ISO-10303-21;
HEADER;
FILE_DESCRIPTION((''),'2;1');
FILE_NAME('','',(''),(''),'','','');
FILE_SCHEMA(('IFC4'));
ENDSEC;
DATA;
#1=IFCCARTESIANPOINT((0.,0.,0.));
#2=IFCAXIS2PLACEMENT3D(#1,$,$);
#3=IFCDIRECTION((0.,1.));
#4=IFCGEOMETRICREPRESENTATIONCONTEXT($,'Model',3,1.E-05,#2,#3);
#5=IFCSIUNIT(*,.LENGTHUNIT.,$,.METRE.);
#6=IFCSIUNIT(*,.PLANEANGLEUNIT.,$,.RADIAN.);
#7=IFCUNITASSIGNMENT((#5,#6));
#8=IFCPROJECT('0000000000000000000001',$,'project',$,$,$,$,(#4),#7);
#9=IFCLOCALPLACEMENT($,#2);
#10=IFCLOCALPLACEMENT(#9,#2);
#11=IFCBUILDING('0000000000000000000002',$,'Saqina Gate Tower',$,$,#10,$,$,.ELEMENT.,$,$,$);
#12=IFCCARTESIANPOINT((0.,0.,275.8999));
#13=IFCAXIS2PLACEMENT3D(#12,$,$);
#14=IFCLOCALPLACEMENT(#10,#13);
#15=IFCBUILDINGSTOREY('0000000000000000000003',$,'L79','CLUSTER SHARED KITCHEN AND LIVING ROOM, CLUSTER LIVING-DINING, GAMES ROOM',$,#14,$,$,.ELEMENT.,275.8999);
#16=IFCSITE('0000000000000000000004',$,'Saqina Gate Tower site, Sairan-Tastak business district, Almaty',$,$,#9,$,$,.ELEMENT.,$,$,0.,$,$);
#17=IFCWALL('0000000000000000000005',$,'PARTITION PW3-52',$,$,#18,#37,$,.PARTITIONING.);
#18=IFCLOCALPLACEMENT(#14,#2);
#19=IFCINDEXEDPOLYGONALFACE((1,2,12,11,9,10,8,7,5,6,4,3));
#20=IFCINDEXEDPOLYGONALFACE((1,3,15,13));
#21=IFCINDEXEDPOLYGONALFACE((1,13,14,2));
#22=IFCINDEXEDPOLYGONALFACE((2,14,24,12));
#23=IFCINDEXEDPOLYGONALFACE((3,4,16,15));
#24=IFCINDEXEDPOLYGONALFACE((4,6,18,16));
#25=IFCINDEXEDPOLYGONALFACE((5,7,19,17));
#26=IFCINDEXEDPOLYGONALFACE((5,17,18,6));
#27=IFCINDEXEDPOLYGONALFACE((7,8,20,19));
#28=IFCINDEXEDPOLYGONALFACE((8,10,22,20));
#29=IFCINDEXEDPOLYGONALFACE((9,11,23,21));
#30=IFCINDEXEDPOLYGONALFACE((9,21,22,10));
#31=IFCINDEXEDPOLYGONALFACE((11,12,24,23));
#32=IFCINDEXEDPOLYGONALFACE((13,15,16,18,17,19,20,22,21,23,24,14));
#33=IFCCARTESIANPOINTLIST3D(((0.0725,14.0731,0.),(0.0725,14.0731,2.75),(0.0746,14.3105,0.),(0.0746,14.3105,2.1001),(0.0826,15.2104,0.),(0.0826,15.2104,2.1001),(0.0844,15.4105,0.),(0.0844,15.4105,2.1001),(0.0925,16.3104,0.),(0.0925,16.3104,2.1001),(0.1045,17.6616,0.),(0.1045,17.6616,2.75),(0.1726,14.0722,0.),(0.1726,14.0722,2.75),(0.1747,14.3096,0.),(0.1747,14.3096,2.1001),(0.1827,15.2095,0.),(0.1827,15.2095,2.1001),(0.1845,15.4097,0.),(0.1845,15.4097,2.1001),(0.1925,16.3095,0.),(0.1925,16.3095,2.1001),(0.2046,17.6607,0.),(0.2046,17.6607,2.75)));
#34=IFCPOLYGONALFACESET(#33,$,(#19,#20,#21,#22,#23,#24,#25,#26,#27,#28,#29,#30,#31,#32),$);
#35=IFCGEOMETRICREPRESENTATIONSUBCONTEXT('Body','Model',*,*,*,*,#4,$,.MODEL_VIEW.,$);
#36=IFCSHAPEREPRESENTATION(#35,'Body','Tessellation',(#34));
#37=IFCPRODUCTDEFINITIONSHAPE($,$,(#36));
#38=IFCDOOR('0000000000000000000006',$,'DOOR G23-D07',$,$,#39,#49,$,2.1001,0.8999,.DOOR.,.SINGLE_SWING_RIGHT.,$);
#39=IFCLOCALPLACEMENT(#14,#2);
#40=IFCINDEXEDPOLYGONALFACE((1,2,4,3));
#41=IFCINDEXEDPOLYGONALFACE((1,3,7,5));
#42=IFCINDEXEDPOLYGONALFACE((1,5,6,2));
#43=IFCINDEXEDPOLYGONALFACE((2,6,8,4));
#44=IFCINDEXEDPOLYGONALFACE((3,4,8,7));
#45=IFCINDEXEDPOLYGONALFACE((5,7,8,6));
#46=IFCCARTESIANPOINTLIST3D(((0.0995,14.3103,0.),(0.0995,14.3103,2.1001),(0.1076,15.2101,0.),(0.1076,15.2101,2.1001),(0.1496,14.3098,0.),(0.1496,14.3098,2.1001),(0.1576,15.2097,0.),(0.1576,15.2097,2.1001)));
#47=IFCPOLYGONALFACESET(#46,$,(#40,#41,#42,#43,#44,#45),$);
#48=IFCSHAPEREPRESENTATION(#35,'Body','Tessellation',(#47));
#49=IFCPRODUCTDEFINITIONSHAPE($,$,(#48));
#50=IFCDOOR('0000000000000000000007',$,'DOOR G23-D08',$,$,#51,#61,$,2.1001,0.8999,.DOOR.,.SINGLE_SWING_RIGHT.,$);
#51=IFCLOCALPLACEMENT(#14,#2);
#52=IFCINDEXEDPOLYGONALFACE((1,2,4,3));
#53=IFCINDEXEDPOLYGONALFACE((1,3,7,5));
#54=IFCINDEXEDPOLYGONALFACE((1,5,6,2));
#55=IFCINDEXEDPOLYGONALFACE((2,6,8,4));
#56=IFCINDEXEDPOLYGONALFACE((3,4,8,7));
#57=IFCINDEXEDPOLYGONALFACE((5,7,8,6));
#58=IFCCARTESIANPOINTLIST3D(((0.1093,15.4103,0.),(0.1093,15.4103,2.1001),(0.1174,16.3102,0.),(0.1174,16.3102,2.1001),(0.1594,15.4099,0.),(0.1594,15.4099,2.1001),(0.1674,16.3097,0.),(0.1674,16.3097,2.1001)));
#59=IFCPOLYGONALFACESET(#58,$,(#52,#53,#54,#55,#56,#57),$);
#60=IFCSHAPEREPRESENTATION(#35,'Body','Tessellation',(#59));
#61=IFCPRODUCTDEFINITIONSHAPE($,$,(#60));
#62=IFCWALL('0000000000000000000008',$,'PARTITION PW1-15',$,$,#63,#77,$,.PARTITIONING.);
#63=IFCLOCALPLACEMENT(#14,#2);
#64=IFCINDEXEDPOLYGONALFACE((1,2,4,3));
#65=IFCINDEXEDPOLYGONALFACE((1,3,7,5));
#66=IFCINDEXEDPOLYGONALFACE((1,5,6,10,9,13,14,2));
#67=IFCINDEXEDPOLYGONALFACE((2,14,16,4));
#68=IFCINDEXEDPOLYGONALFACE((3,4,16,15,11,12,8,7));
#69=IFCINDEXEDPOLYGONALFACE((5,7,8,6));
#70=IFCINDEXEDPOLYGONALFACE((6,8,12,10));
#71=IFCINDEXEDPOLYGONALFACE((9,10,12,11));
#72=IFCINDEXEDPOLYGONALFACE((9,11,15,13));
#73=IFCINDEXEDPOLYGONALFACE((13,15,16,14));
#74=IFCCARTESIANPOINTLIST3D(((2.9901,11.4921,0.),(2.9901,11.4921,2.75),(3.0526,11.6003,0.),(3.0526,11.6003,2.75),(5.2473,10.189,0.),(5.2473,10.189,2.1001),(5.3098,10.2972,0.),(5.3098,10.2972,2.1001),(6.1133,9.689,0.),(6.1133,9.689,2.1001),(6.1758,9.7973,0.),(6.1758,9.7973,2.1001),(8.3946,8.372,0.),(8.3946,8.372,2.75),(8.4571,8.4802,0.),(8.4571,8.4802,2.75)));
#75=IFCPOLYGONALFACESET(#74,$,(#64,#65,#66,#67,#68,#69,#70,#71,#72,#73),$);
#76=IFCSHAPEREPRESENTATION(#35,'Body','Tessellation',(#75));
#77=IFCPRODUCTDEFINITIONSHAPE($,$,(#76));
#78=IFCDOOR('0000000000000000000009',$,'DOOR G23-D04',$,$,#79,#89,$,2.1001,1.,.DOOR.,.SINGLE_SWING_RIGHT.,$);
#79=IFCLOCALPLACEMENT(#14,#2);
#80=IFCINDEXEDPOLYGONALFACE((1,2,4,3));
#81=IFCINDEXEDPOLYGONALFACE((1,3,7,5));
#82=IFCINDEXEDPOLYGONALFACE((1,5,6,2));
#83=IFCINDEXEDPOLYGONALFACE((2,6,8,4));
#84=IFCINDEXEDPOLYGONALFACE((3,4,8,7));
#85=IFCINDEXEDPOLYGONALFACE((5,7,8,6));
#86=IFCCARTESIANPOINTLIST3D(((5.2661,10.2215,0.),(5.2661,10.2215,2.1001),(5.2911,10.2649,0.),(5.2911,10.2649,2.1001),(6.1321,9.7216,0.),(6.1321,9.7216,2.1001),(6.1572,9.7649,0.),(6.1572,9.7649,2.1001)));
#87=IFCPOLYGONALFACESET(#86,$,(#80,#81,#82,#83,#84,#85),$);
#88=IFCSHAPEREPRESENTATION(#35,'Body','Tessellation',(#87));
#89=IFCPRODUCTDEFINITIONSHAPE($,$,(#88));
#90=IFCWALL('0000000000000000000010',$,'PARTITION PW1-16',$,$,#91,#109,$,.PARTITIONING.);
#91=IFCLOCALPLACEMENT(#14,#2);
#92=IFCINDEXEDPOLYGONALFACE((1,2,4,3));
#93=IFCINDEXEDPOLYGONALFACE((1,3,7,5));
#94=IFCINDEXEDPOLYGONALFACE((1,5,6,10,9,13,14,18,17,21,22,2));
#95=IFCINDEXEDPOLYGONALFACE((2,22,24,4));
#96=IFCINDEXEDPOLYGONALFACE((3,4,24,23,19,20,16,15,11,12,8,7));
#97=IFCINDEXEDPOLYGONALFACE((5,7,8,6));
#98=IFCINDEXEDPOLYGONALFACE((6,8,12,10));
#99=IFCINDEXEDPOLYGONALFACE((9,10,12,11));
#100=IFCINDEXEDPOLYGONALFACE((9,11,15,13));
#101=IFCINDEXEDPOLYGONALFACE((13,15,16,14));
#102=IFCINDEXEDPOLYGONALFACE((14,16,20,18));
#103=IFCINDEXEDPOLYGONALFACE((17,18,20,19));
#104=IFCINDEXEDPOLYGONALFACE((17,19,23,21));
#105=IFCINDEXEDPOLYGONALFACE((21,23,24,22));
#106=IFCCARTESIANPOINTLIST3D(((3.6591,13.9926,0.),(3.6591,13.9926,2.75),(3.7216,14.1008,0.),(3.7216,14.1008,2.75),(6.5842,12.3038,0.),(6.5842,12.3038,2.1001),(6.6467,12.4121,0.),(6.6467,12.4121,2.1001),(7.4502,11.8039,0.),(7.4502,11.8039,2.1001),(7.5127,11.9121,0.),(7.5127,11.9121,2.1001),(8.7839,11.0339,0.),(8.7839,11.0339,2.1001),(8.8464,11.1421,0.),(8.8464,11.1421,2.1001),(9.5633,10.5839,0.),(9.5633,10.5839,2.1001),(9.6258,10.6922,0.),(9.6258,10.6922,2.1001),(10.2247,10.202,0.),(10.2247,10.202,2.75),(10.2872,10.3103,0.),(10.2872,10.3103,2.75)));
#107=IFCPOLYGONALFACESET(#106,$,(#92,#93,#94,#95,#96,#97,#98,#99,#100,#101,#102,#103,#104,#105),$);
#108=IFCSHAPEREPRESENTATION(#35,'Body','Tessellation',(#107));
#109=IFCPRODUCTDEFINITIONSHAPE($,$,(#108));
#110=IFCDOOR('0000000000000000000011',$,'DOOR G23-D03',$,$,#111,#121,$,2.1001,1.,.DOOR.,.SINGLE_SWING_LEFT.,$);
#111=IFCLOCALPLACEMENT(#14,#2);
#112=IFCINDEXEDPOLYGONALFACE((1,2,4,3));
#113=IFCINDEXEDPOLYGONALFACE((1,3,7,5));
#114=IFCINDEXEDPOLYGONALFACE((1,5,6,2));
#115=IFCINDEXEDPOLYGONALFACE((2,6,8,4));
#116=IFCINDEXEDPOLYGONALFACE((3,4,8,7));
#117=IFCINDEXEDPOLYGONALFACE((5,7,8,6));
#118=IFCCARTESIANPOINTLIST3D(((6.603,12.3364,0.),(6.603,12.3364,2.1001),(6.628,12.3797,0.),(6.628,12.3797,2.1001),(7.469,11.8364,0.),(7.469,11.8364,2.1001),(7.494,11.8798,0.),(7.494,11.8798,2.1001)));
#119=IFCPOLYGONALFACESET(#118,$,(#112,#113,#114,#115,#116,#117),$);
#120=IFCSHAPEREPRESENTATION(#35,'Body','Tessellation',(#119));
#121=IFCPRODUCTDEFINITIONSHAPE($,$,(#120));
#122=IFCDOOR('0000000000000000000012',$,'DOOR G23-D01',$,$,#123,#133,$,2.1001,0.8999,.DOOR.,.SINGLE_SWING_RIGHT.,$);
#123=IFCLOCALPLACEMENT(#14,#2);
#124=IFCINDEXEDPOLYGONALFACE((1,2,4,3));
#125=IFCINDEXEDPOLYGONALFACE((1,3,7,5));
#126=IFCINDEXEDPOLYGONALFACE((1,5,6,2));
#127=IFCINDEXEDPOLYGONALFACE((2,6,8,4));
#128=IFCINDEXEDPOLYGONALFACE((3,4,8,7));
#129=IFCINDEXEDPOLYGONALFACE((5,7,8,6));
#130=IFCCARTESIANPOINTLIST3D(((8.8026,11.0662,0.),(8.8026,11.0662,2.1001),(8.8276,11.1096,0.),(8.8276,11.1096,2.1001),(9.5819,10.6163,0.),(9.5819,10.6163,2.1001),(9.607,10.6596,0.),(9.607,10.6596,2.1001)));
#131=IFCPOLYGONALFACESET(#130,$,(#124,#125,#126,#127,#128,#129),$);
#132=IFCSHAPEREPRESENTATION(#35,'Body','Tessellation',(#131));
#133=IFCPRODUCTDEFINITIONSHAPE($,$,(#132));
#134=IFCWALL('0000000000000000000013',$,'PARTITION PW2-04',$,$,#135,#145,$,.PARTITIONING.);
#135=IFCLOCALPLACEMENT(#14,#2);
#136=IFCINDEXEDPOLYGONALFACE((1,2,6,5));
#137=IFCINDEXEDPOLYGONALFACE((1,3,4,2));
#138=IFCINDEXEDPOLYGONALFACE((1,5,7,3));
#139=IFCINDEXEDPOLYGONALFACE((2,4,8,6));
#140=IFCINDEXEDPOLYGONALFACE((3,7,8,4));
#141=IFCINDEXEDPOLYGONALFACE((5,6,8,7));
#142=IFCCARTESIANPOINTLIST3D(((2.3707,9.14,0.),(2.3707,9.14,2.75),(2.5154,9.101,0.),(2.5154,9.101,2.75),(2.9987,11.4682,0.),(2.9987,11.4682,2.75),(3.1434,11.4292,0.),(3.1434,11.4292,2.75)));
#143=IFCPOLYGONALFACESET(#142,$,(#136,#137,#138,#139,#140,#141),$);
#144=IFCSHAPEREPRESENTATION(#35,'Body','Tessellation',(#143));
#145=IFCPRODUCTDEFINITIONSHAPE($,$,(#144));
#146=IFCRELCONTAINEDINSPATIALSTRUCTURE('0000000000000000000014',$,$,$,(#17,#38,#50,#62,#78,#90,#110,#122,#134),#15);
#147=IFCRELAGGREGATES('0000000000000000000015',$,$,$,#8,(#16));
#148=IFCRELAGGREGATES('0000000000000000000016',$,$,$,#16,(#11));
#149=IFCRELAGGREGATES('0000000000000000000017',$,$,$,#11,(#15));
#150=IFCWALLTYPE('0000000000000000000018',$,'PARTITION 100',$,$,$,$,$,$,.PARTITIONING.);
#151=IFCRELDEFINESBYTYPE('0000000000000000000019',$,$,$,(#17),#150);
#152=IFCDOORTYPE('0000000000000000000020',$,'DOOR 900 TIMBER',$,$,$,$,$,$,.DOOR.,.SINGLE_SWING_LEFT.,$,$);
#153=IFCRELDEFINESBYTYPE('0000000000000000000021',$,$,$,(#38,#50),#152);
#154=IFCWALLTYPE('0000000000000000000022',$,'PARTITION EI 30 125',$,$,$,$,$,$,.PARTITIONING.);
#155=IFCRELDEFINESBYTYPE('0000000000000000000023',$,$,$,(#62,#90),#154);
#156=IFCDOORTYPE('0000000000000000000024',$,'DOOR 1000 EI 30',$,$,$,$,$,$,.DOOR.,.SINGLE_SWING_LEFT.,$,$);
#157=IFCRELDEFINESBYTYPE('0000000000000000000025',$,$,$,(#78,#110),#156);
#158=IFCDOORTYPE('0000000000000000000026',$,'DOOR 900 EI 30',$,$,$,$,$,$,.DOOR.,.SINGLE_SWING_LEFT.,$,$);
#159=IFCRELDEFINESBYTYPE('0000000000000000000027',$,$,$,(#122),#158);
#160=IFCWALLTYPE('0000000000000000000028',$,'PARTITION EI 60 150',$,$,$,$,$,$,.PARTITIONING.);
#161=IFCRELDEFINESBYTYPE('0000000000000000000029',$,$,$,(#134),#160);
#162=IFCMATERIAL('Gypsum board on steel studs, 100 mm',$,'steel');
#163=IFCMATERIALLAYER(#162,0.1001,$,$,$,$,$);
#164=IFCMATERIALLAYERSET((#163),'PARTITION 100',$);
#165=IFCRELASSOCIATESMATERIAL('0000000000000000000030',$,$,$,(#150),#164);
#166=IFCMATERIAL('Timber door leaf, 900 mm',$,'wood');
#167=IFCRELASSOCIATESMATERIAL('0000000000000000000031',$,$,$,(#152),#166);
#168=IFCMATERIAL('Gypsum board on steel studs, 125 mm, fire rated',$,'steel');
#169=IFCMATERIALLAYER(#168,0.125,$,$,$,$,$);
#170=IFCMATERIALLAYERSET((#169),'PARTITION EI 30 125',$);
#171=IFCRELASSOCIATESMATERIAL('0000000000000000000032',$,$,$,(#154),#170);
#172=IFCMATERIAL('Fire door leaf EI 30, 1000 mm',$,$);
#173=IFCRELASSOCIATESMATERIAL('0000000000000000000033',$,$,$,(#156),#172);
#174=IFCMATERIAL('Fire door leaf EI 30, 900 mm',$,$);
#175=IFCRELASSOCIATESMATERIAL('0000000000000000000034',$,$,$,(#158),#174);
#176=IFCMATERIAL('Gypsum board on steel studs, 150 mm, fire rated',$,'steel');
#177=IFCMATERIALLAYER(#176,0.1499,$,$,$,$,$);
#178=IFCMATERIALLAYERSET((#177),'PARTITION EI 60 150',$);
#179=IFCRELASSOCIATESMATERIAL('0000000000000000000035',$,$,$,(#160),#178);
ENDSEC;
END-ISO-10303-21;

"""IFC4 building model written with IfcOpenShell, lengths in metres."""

from ifc_helpers import new_model, si_unit, direction, frame, frame_2d, origin, place, context, subcontext, project, spatial, rectangle, extrude, material, layer, layer_set, type_object, element, fill, save


model = new_model("IFC4")

# Units and contexts
model_context = context("Model", 3, precision=1e-05, world=origin(), true_north=direction((0.0, 1.0)))
body_context = subcontext(model_context, "Body", "Model", "MODEL_VIEW")
ifc_project = project(units=[si_unit("LENGTHUNIT", "METRE"), si_unit("PLANEANGLEUNIT", "RADIAN")], contexts=[model_context])

# Site, building, storey
site_placement = place(None, origin())
site = spatial("IfcSite", under=ifc_project, at=site_placement, Name="Saqina Gate Tower site, Sairan-Tastak business district, Almaty", CompositionType="ELEMENT", RefElevation=0.0)
building_placement = place(site_placement, origin())
building = spatial("IfcBuilding", under=site, at=building_placement, Name="Saqina Gate Tower", CompositionType="ELEMENT")
storey_placement = place(building_placement, frame((0.0, 0.0, 275.8999)))
storey = spatial("IfcBuildingStorey", under=building, at=storey_placement, Name="L79", Description="CLUSTER SHARED KITCHEN AND LIVING ROOM, CLUSTER LIVING-DINING, GAMES ROOM", CompositionType="ELEMENT", Elevation=275.8999)

# Shared definitions
ifc_material_1 = material(Name="Gypsum board on steel studs, 100 mm", Category="steel")
ifc_layer_1 = layer(ifc_material_1, 0.1001)
ifc_layer_set_1 = layer_set([ifc_layer_1], Name="PARTITION 100")
wall_type_1 = type_object("IfcWallType", Name="PARTITION 100", PredefinedType="PARTITIONING", material=ifc_layer_set_1)

# Wall, openings, doors
wall_1_placement = place(storey_placement, frame((0.1226, 14.0725, 0.0), z_axis=(0.0, 0.0, 1.0), x_axis=(0.008912, 0.99996, 0.0)))
wall_1 = element("IfcWall", 1, at=wall_1_placement, inside=storey, type_object=wall_type_1, Name="PARTITION PW3-52", PredefinedType="PARTITIONING", context=body_context, shape_type="SweptSolid", body=[
    extrude(rectangle(XDim=3.5886, YDim=0.1001, at=frame_2d((1.7944, 0.0))), origin(), (0.0, 0.0, 1.0), 2.75),
])
opening_1_placement = place(wall_1_placement, frame((0.2375, 0.0, 0.0)))
opening_1 = element("IfcOpeningElement", 2, at=opening_1_placement, cuts=wall_1, PredefinedType="OPENING", context=body_context, shape_type="SweptSolid", body=[
    extrude(rectangle(XDim=0.8999, YDim=2.1001, at=frame_2d((0.45, 1.05))), frame((0.0, 0.062, 0.0), z_axis=(0.0, -1.0, 0.0), x_axis=(1.0, 0.0, 0.0)), (0.0, 0.0, 1.0), 0.124),
])
opening_2_placement = place(wall_1_placement, frame((1.3376, 0.0, 0.0)))
opening_2 = element("IfcOpeningElement", 3, at=opening_2_placement, cuts=wall_1, PredefinedType="OPENING", context=body_context, shape_type="SweptSolid", body=[
    extrude(rectangle(XDim=0.8999, YDim=2.1001, at=frame_2d((0.45, 1.05))), frame((0.0, 0.062, 0.0), z_axis=(0.0, -1.0, 0.0), x_axis=(1.0, 0.0, 0.0)), (0.0, 0.0, 1.0), 0.124),
])
ifc_material_2 = material(Name="Timber door leaf, 900 mm", Category="wood")
door_type_1 = type_object("IfcDoorType", Name="DOOR 900 TIMBER", OperationType="SINGLE_SWING_LEFT", PredefinedType="DOOR", material=ifc_material_2)
door_1_placement = place(opening_1_placement, frame((0.8999, 0.0, 0.0), z_axis=(0.0, 0.0, 1.0), x_axis=(-1.0, 0.0, 0.0)))
door_1 = element("IfcDoor", 4, at=door_1_placement, inside=storey, type_object=door_type_1, Name="DOOR G23-D07", OperationType="SINGLE_SWING_RIGHT", OverallHeight=2.1001, OverallWidth=0.8999, PredefinedType="DOOR", context=body_context, shape_type="SweptSolid", body=[
    extrude(rectangle(XDim=0.8999, YDim=2.1001, at=frame_2d((0.45, 1.05))), frame((0.0, 0.0249, 0.0), z_axis=(0.0, -1.0, 0.0), x_axis=(1.0, 0.0, 0.0)), (0.0, 0.0, 1.0), 0.05),
])
fill(opening_1, door_1)
door_2_placement = place(opening_2_placement, frame((0.8999, 0.0, 0.0), z_axis=(0.0, 0.0, 1.0), x_axis=(-1.0, 0.0, 0.0)))
door_2 = element("IfcDoor", 5, at=door_2_placement, inside=storey, type_object=door_type_1, Name="DOOR G23-D08", OperationType="SINGLE_SWING_RIGHT", OverallHeight=2.1001, OverallWidth=0.8999, PredefinedType="DOOR", context=body_context, shape_type="SweptSolid", body=[
    extrude(rectangle(XDim=0.8999, YDim=2.1001, at=frame_2d((0.45, 1.05))), frame((0.0, 0.0249, 0.0), z_axis=(0.0, -1.0, 0.0), x_axis=(1.0, 0.0, 0.0)), (0.0, 0.0, 1.0), 0.05),
])
fill(opening_2, door_2)

# Wall, opening, door
ifc_material_3 = material(Name="Gypsum board on steel studs, 125 mm, fire rated", Category="steel")
ifc_layer_2 = layer(ifc_material_3, 0.125)
ifc_layer_set_2 = layer_set([ifc_layer_2], Name="PARTITION EI 30 125")
wall_type_2 = type_object("IfcWallType", Name="PARTITION EI 30 125", PredefinedType="PARTITIONING", material=ifc_layer_set_2)
wall_2_placement = place(storey_placement, frame((3.0215, 11.5461, 0.0), z_axis=(0.0, 0.0, 1.0), x_axis=(0.866039, -0.499976, 0.0)))
wall_2 = element("IfcWall", 6, at=wall_2_placement, inside=storey, type_object=wall_type_2, Name="PARTITION PW1-15", PredefinedType="PARTITIONING", context=body_context, shape_type="SweptSolid", body=[
    extrude(rectangle(XDim=6.2405, YDim=0.125, at=frame_2d((3.1201, 0.0))), origin(), (0.0, 0.0, 1.0), 2.75),
])
opening_3_placement = place(wall_2_placement, frame((2.6062, 0.0, 0.0)))
opening_3 = element("IfcOpeningElement", 7, at=opening_3_placement, cuts=wall_2, PredefinedType="OPENING", context=body_context, shape_type="SweptSolid", body=[
    extrude(rectangle(XDim=1.0, YDim=2.1001, at=frame_2d((0.5, 1.05))), frame((0.0, 0.0745, 0.0), z_axis=(0.0, -1.0, 0.0), x_axis=(1.0, 0.0, 0.0)), (0.0, 0.0, 1.0), 0.1489),
])
ifc_material_4 = material(Name="Fire door leaf EI 30, 1000 mm")
door_type_2 = type_object("IfcDoorType", Name="DOOR 1000 EI 30", OperationType="SINGLE_SWING_LEFT", PredefinedType="DOOR", material=ifc_material_4)
door_3_placement = place(opening_3_placement, frame((1.0, 0.0, 0.0), z_axis=(0.0, 0.0, 1.0), x_axis=(-1.0, 0.0, 0.0)))
door_3 = element("IfcDoor", 8, at=door_3_placement, inside=storey, type_object=door_type_2, Name="DOOR G23-D04", OperationType="SINGLE_SWING_RIGHT", OverallHeight=2.1001, OverallWidth=1.0, PredefinedType="DOOR", context=body_context, shape_type="SweptSolid", body=[
    extrude(rectangle(XDim=1.0, YDim=2.1001, at=frame_2d((0.5, 1.05))), frame((0.0, 0.0249, 0.0), z_axis=(0.0, -1.0, 0.0), x_axis=(1.0, 0.0, 0.0)), (0.0, 0.0, 1.0), 0.05),
])
fill(opening_3, door_3)

# Wall, openings, doors
wall_3_placement = place(storey_placement, frame((3.6904, 14.0466, 0.0), z_axis=(0.0, 0.0, 1.0), x_axis=(0.866035, -0.499984, 0.0)))
wall_3 = element("IfcWall", 9, at=wall_3_placement, inside=storey, type_object=wall_type_2, Name="PARTITION PW1-16", PredefinedType="PARTITIONING", context=body_context, shape_type="SweptSolid", body=[
    extrude(rectangle(XDim=7.5813, YDim=0.125, at=frame_2d((3.7905, 0.0))), origin(), (0.0, 0.0, 1.0), 2.75),
])
opening_4_placement = place(wall_3_placement, frame((5.9175, 0.0, 0.0)))
opening_4 = element("IfcOpeningElement", 10, at=opening_4_placement, cuts=wall_3, PredefinedType="OPENING", context=body_context, shape_type="SweptSolid", body=[
    extrude(rectangle(XDim=0.8999, YDim=2.1001, at=frame_2d((0.45, 1.05))), frame((0.0, 0.0745, 0.0), z_axis=(0.0, -1.0, 0.0), x_axis=(1.0, 0.0, 0.0)), (0.0, 0.0, 1.0), 0.1489),
])
opening_5_placement = place(wall_3_placement, frame((3.3774, 0.0, 0.0)))
opening_5 = element("IfcOpeningElement", 11, at=opening_5_placement, cuts=wall_3, PredefinedType="OPENING", context=body_context, shape_type="SweptSolid", body=[
    extrude(rectangle(XDim=1.0, YDim=2.1001, at=frame_2d((0.5, 1.05))), frame((0.0, 0.0745, 0.0), z_axis=(0.0, -1.0, 0.0), x_axis=(1.0, 0.0, 0.0)), (0.0, 0.0, 1.0), 0.1489),
])
door_4_placement = place(opening_5_placement, frame((1.0, 0.0, 0.0), z_axis=(0.0, 0.0, 1.0), x_axis=(-1.0, 0.0, 0.0)))
door_4 = element("IfcDoor", 12, at=door_4_placement, inside=storey, type_object=door_type_2, Name="DOOR G23-D03", OperationType="SINGLE_SWING_LEFT", OverallHeight=2.1001, OverallWidth=1.0, PredefinedType="DOOR", context=body_context, shape_type="SweptSolid", body=[
    extrude(rectangle(XDim=1.0, YDim=2.1001, at=frame_2d((0.5, 1.05))), frame((0.0, 0.0249, 0.0), z_axis=(0.0, -1.0, 0.0), x_axis=(1.0, 0.0, 0.0)), (0.0, 0.0, 1.0), 0.05),
])
fill(opening_5, door_4)
ifc_material_5 = material(Name="Fire door leaf EI 30, 900 mm")
door_type_3 = type_object("IfcDoorType", Name="DOOR 900 EI 30", OperationType="SINGLE_SWING_LEFT", PredefinedType="DOOR", material=ifc_material_5)
door_5_placement = place(opening_4_placement, origin())
door_5 = element("IfcDoor", 13, at=door_5_placement, inside=storey, type_object=door_type_3, Name="DOOR G23-D01", OperationType="SINGLE_SWING_RIGHT", OverallHeight=2.1001, OverallWidth=0.8999, PredefinedType="DOOR", context=body_context, shape_type="SweptSolid", body=[
    extrude(rectangle(XDim=0.8999, YDim=2.1001, at=frame_2d((0.45, 1.05))), frame((0.0, 0.0249, 0.0), z_axis=(0.0, -1.0, 0.0), x_axis=(1.0, 0.0, 0.0)), (0.0, 0.0, 1.0), 0.05),
])
fill(opening_4, door_5)

# Wall
ifc_material_6 = material(Name="Gypsum board on steel studs, 150 mm, fire rated", Category="steel")
ifc_layer_3 = layer(ifc_material_6, 0.1499)
ifc_layer_set_3 = layer_set([ifc_layer_3], Name="PARTITION EI 60 150")
wall_type_3 = type_object("IfcWallType", Name="PARTITION EI 60 150", PredefinedType="PARTITIONING", material=ifc_layer_set_3)
wall_4_placement = place(storey_placement, frame((2.4431, 9.1206, 0.0), z_axis=(0.0, 0.0, 1.0), x_axis=(0.260409, 0.965498, 0.0)))
element("IfcWall", 14, at=wall_4_placement, inside=storey, type_object=wall_type_3, Name="PARTITION PW2-04", PredefinedType="PARTITIONING", context=body_context, shape_type="SweptSolid", body=[
    extrude(rectangle(XDim=2.4114, YDim=0.1499, at=frame_2d((1.2056, 0.0))), origin(), (0.0, 0.0, 1.0), 2.75),
])

save(model, "model.ifc")
